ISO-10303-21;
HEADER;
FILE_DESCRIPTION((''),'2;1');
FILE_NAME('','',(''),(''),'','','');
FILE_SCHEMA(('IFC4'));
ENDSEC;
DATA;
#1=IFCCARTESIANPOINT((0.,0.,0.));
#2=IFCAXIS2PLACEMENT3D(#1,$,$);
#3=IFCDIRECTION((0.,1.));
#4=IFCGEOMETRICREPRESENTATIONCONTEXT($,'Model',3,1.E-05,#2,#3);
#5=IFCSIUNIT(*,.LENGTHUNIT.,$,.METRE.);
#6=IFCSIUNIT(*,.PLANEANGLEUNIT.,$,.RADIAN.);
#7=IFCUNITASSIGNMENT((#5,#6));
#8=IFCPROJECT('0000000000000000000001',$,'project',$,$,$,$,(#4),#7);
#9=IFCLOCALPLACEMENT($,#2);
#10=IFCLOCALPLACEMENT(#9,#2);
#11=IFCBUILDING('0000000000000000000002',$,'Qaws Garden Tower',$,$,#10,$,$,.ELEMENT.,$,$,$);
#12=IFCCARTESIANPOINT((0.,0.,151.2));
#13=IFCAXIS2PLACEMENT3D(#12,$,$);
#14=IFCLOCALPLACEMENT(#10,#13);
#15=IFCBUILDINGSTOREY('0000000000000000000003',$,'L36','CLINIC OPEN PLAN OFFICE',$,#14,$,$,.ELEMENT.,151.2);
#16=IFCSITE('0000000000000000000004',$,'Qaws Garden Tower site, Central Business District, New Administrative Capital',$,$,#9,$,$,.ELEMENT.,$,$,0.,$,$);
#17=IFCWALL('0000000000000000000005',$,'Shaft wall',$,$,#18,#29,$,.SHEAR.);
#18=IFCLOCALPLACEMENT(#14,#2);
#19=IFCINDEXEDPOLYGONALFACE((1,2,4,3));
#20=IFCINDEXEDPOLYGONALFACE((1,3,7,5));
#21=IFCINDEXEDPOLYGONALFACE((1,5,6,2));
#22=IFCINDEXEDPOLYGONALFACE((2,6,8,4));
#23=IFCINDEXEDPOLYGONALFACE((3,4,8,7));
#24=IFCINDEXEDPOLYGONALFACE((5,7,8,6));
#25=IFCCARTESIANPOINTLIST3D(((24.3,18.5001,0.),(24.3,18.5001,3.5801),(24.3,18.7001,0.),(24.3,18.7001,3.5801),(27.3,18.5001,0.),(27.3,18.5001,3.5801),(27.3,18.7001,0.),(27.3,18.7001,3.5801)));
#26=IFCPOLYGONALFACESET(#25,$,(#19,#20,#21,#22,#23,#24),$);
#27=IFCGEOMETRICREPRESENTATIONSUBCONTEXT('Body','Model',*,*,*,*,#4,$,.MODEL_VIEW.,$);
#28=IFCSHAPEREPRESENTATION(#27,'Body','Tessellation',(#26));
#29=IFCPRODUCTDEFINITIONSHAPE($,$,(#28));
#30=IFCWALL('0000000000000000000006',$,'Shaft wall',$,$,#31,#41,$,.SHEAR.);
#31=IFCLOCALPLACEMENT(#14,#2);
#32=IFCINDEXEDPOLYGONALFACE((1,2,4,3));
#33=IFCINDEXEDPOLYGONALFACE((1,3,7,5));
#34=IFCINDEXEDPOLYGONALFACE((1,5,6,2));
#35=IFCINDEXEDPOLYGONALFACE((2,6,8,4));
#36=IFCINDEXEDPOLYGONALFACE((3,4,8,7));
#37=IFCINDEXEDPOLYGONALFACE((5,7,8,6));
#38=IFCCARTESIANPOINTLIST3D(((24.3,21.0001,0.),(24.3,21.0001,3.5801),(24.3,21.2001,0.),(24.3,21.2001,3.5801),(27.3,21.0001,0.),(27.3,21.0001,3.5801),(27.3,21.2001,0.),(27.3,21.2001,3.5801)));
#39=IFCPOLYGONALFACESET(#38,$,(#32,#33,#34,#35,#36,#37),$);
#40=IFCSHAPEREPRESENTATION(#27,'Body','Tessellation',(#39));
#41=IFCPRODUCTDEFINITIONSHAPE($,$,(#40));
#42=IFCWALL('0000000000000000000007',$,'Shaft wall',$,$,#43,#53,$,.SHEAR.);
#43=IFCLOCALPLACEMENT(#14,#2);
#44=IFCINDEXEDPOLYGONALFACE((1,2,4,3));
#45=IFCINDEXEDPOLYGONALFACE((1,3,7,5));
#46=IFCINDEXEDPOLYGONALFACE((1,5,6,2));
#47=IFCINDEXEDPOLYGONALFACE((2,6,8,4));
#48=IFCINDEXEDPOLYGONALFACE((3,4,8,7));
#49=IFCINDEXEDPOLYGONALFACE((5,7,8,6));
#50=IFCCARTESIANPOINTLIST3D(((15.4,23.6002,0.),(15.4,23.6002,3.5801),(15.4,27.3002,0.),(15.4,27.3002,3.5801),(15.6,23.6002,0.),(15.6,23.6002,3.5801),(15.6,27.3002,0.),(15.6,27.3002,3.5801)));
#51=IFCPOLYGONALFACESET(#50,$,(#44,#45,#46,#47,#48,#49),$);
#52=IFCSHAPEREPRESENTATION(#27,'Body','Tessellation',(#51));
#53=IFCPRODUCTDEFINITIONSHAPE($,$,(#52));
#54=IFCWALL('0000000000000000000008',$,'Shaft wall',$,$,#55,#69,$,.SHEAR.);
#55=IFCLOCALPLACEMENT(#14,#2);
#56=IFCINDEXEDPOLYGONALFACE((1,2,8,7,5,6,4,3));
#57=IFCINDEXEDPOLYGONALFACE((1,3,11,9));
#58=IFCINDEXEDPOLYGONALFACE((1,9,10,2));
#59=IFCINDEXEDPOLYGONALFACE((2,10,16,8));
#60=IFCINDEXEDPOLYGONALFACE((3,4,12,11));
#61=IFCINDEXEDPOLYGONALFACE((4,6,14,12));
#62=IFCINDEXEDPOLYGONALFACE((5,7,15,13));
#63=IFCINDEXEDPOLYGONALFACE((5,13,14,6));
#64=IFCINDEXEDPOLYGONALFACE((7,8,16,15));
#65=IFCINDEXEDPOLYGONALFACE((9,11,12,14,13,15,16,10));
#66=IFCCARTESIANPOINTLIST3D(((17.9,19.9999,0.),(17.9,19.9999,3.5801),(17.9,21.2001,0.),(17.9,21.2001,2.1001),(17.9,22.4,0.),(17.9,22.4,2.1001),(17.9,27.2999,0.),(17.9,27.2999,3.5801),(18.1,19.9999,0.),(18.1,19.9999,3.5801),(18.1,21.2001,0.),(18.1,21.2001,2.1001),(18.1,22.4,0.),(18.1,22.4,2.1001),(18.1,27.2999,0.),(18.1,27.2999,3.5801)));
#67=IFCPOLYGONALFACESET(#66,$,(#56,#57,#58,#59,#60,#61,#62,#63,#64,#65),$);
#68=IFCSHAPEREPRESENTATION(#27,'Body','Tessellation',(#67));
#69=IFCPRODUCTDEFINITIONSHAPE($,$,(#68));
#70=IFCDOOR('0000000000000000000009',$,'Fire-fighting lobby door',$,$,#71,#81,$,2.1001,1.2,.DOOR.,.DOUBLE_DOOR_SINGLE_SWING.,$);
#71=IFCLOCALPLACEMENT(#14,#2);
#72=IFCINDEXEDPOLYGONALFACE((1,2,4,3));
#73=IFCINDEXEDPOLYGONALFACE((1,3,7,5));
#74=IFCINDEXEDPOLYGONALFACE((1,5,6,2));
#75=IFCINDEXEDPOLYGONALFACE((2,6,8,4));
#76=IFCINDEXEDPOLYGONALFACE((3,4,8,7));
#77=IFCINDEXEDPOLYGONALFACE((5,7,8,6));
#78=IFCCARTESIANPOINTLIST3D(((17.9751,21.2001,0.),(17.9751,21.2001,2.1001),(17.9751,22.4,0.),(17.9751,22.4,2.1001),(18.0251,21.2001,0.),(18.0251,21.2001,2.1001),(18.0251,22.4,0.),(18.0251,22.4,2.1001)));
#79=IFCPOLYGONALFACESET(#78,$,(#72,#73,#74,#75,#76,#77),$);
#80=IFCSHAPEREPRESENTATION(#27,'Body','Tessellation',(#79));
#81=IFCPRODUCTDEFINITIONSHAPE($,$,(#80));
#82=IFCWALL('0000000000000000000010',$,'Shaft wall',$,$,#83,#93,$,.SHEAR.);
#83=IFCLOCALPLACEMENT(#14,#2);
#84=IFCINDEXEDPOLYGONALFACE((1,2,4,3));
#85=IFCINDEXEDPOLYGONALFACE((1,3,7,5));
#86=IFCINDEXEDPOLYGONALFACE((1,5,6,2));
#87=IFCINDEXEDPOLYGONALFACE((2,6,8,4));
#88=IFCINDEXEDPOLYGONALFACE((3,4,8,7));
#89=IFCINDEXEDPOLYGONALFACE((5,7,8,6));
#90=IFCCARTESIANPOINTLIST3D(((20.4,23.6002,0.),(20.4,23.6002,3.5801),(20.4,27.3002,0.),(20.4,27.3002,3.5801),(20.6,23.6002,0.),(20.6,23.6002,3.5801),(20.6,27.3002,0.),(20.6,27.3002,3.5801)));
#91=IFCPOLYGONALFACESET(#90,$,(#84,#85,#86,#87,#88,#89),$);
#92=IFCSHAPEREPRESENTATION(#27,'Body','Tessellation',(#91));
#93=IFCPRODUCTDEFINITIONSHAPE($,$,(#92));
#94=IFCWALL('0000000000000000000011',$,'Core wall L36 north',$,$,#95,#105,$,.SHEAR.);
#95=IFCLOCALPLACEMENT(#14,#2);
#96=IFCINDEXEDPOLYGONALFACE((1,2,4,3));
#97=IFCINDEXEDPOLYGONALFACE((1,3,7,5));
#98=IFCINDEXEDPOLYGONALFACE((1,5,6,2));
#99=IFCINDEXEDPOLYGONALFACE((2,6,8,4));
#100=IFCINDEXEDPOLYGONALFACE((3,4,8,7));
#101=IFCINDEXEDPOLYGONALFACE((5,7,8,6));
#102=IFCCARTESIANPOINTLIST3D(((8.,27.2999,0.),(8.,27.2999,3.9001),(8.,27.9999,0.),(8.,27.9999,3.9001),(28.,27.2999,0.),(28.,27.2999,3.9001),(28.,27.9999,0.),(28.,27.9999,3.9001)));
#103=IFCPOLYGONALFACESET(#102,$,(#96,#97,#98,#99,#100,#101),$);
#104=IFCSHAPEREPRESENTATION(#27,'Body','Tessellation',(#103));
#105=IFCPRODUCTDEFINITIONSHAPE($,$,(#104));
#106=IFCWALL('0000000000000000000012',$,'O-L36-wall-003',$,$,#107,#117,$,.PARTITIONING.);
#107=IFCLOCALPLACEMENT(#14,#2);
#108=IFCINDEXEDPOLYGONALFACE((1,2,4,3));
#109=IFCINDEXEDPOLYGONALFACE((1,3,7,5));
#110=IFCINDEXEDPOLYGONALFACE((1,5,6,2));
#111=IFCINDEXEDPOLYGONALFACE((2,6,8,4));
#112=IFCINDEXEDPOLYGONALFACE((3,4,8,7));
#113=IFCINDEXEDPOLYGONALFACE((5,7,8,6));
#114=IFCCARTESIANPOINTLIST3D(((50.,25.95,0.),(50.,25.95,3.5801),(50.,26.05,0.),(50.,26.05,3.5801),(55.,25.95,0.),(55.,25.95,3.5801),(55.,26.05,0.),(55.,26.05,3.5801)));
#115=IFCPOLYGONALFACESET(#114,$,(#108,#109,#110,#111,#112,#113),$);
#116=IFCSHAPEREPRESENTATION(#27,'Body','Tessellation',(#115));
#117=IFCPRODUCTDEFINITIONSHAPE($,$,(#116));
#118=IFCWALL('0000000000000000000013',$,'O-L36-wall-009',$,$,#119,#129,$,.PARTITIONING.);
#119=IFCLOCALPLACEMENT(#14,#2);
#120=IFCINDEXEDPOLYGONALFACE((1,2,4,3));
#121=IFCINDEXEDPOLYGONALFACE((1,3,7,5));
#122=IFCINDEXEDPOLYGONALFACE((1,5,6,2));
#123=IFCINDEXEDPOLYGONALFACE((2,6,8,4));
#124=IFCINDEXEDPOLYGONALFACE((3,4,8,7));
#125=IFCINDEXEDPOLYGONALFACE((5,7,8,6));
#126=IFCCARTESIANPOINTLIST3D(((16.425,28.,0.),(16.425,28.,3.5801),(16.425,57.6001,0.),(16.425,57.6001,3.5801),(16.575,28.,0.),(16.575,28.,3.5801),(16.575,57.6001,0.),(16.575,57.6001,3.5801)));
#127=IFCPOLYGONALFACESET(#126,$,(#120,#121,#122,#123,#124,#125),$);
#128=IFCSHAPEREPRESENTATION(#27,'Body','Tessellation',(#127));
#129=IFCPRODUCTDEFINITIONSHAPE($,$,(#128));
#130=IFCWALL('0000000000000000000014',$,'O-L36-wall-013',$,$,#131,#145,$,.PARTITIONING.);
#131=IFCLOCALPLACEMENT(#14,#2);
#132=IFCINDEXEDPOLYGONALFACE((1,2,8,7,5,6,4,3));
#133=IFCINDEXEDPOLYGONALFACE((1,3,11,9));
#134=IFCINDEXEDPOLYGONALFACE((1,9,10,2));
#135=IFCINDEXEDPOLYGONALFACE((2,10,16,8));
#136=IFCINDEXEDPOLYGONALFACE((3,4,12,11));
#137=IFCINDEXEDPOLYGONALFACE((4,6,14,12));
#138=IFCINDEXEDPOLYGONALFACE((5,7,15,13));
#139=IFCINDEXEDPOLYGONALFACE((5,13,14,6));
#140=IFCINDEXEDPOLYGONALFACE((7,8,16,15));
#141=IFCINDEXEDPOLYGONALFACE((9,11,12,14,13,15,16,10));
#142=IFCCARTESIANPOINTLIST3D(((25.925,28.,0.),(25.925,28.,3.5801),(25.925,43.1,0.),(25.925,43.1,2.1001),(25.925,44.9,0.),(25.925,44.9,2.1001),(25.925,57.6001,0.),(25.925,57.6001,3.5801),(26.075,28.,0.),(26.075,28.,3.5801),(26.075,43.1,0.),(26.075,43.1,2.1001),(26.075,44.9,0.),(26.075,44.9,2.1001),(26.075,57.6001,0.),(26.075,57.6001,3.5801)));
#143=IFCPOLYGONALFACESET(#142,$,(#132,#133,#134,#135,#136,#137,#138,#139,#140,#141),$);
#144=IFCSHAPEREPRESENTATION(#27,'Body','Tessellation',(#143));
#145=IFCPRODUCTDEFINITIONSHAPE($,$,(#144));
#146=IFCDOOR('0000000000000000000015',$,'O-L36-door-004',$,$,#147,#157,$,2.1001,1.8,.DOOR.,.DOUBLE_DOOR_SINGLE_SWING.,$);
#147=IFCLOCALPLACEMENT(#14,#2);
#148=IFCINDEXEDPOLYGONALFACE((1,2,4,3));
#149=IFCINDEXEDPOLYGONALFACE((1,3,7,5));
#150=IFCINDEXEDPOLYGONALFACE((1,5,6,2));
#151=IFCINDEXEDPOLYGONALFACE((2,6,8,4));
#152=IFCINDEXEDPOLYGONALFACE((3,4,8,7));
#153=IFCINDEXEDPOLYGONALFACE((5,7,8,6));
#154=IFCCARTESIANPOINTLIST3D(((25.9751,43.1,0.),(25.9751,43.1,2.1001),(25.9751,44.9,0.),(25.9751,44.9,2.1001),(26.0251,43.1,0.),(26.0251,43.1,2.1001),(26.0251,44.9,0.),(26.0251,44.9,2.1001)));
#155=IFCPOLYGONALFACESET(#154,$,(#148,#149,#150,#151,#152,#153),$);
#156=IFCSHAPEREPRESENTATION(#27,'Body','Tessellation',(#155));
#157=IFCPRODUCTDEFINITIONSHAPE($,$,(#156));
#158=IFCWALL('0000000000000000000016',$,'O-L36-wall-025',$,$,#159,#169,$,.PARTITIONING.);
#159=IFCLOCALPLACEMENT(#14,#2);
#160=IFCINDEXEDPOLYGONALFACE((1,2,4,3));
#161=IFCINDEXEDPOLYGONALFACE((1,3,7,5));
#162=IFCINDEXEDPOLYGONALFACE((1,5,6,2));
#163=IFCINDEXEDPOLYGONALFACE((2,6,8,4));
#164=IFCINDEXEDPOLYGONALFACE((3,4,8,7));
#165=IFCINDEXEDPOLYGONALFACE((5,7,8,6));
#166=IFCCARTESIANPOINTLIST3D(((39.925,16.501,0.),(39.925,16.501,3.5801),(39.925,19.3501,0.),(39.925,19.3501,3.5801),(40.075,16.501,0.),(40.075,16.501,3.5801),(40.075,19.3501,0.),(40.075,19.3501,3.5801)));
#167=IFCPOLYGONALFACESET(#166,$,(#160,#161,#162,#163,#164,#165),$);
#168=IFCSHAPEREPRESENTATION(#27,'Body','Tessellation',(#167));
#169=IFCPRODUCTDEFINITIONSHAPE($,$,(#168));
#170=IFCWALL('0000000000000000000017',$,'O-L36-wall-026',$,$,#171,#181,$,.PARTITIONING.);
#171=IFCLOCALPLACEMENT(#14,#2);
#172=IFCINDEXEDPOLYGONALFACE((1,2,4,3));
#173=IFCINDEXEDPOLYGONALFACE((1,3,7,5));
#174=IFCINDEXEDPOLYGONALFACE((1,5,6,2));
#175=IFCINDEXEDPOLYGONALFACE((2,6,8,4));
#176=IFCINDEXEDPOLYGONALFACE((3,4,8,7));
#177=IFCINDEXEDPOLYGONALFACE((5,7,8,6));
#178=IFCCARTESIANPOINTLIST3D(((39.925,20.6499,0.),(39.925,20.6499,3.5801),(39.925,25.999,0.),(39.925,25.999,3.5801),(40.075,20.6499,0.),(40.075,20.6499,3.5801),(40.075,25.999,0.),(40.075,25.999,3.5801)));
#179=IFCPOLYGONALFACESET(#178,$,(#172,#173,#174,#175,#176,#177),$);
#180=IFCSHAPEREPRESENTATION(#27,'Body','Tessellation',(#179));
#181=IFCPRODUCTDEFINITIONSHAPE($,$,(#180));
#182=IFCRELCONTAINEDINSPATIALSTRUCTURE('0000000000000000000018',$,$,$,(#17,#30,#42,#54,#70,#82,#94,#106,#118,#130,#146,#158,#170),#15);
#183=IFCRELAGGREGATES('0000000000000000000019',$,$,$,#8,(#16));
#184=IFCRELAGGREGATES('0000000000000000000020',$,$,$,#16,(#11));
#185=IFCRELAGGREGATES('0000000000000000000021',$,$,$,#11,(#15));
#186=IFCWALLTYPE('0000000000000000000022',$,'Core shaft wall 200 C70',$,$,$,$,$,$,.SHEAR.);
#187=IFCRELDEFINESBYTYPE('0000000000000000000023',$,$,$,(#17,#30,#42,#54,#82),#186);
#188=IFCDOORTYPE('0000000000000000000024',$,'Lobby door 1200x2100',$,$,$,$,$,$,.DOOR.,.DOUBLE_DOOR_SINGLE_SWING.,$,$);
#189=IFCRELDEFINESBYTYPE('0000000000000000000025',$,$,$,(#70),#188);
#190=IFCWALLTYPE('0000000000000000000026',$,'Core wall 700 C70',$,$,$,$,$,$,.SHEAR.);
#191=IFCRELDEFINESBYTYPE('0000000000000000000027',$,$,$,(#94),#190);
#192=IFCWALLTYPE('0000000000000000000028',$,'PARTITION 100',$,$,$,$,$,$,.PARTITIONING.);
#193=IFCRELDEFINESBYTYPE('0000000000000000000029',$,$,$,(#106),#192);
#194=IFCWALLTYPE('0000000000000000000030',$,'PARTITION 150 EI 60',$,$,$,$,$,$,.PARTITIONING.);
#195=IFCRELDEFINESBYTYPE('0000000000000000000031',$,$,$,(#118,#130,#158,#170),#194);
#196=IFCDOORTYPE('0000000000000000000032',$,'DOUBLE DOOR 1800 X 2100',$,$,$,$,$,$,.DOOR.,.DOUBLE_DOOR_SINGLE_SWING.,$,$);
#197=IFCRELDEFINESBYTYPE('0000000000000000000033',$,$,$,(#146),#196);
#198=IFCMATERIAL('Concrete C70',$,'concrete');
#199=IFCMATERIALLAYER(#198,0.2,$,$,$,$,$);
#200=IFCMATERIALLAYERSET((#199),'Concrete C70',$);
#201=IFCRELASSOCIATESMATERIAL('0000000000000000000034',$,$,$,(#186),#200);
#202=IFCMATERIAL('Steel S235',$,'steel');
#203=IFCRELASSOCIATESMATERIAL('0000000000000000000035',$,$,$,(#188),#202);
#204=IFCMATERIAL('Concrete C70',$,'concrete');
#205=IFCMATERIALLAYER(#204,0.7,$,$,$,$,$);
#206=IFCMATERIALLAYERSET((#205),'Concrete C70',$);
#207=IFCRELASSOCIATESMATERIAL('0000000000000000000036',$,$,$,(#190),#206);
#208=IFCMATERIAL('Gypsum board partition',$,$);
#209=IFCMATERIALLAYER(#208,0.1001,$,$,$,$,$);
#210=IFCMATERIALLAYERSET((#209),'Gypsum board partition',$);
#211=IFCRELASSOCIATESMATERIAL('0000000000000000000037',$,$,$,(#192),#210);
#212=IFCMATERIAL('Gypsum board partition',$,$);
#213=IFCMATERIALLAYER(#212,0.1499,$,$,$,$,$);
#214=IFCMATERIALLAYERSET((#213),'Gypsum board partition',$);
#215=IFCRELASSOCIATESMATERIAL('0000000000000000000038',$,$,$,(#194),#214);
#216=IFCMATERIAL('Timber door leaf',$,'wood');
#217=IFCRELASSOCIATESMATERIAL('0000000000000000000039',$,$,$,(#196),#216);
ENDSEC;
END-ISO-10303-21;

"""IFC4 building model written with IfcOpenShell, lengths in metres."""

from ifc_helpers import new_model, si_unit, direction, frame, frame_2d, origin, place, context, subcontext, project, spatial, rectangle, extrude, material, layer, layer_set, type_object, element, fill, save


model = new_model("IFC4")

# Units and contexts
model_context = context("Model", 3, precision=1e-05, world=origin(), true_north=direction((0.0, 1.0)))
body_context = subcontext(model_context, "Body", "Model", "MODEL_VIEW")
ifc_project = project(units=[si_unit("LENGTHUNIT", "METRE"), si_unit("PLANEANGLEUNIT", "RADIAN")], contexts=[model_context])

# Site, building, storey
site_placement = place(None, origin())
site = spatial("IfcSite", under=ifc_project, at=site_placement, Name="Qaws Garden Tower site, Central Business District, New Administrative Capital", CompositionType="ELEMENT", RefElevation=0.0)
building_placement = place(site_placement, origin())
building = spatial("IfcBuilding", under=site, at=building_placement, Name="Qaws Garden Tower", CompositionType="ELEMENT")
storey_placement = place(building_placement, frame((0.0, 0.0, 151.2)))
storey = spatial("IfcBuildingStorey", under=building, at=storey_placement, Name="L36", Description="CLINIC OPEN PLAN OFFICE", CompositionType="ELEMENT", Elevation=151.2)

# Walls
ifc_material_1 = material(Name="Concrete C70", Category="concrete")
ifc_layer_1 = layer(ifc_material_1, 0.2)
ifc_layer_set_1 = layer_set([ifc_layer_1], Name="Concrete C70")
wall_type_1 = type_object("IfcWallType", Name="Core shaft wall 200 C70", PredefinedType="SHEAR", material=ifc_layer_set_1)
for number, where, z_axis, x_axis, name in (
    (1, (24.3, 18.6001, 0.0), (0.0, 0.0, 1.0), (1.0, 0.0, 0.0), "Shaft wall"),
    (2, (24.3, 21.1001, 0.0), (0.0, 0.0, 1.0), (1.0, 0.0, 0.0), "Shaft wall"),
):
    element("IfcWall", number, at=place(storey_placement, frame(where, z_axis=z_axis, x_axis=x_axis)), inside=storey, type_object=wall_type_1, Name=name, PredefinedType="SHEAR", context=body_context, shape_type="SweptSolid", body=[
        extrude(rectangle(XDim=3.0, YDim=0.2, at=frame_2d((1.5, 0.0))), origin(), (0.0, 0.0, 1.0), 3.5801),
    ])
wall_1_placement = place(storey_placement, frame((15.5, 23.6001, 0.0), z_axis=(0.0, 0.0, 1.0), x_axis=(0.0, 1.0, 0.0)))
element("IfcWall", 3, at=wall_1_placement, inside=storey, type_object=wall_type_1, Name="Shaft wall", PredefinedType="SHEAR", context=body_context, shape_type="SweptSolid", body=[
    extrude(rectangle(XDim=3.7, YDim=0.2, at=frame_2d((1.8501, 0.0))), origin(), (0.0, 0.0, 1.0), 3.5801),
])

# Wall, opening, door
wall_2_placement = place(storey_placement, frame((18.0, 20.0, 0.0), z_axis=(0.0, 0.0, 1.0), x_axis=(0.0, 1.0, 0.0)))
wall_2 = element("IfcWall", 4, at=wall_2_placement, inside=storey, type_object=wall_type_1, Name="Shaft wall", PredefinedType="SHEAR", context=body_context, shape_type="SweptSolid", body=[
    extrude(rectangle(XDim=7.3, YDim=0.2, at=frame_2d((3.6499, 0.0))), origin(), (0.0, 0.0, 1.0), 3.5801),
])
opening_1_placement = place(wall_2_placement, frame((1.2, 0.0, 0.0)))
opening_1 = element("IfcOpeningElement", 5, at=opening_1_placement, cuts=wall_2, PredefinedType="OPENING", context=body_context, shape_type="SweptSolid", body=[
    extrude(rectangle(XDim=1.2, YDim=2.1001, at=frame_2d((0.6001, 1.05))), frame((0.0, 0.1099, 0.0), z_axis=(0.0, -1.0, 0.0), x_axis=(1.0, 0.0, 0.0)), (0.0, 0.0, 1.0), 0.22),
])
ifc_material_2 = material(Name="Steel S235", Category="steel")
door_type_1 = type_object("IfcDoorType", Name="Lobby door 1200x2100", OperationType="DOUBLE_DOOR_SINGLE_SWING", PredefinedType="DOOR", material=ifc_material_2)
door_1_placement = place(opening_1_placement, origin())
door_1 = element("IfcDoor", 6, at=door_1_placement, inside=storey, type_object=door_type_1, Name="Fire-fighting lobby door", OperationType="DOUBLE_DOOR_SINGLE_SWING", OverallHeight=2.1001, OverallWidth=1.2, PredefinedType="DOOR", context=body_context, shape_type="SweptSolid", body=[
    extrude(rectangle(XDim=1.2, YDim=2.1001, at=frame_2d((0.6001, 1.05))), frame((0.0, 0.0249, 0.0), z_axis=(0.0, -1.0, 0.0), x_axis=(1.0, 0.0, 0.0)), (0.0, 0.0, 1.0), 0.05),
])
fill(opening_1, door_1)

# Walls
wall_3_placement = place(storey_placement, frame((20.5, 23.6001, 0.0), z_axis=(0.0, 0.0, 1.0), x_axis=(0.0, 1.0, 0.0)))
element("IfcWall", 7, at=wall_3_placement, inside=storey, type_object=wall_type_1, Name="Shaft wall", PredefinedType="SHEAR", context=body_context, shape_type="SweptSolid", body=[
    extrude(rectangle(XDim=3.7, YDim=0.2, at=frame_2d((1.8501, 0.0))), origin(), (0.0, 0.0, 1.0), 3.5801),
])
ifc_material_3 = material(Name="Concrete C70", Category="concrete")
ifc_layer_2 = layer(ifc_material_3, 0.7)
ifc_layer_set_2 = layer_set([ifc_layer_2], Name="Concrete C70")
wall_type_2 = type_object("IfcWallType", Name="Core wall 700 C70", PredefinedType="SHEAR", material=ifc_layer_set_2)
wall_4_placement = place(storey_placement, frame((28.0, 27.6499, 0.0), z_axis=(0.0, 0.0, 1.0), x_axis=(-1.0, 0.0, 0.0)))
element("IfcWall", 8, at=wall_4_placement, inside=storey, type_object=wall_type_2, Name="Core wall L36 north", PredefinedType="SHEAR", context=body_context, shape_type="SweptSolid", body=[
    extrude(rectangle(XDim=20.0, YDim=0.7, at=frame_2d((10.0, 0.0))), origin(), (0.0, 0.0, 1.0), 3.9001),
])
ifc_material_4 = material(Name="Gypsum board partition")
ifc_layer_3 = layer(ifc_material_4, 0.1001)
ifc_layer_set_3 = layer_set([ifc_layer_3], Name="Gypsum board partition")
wall_type_3 = type_object("IfcWallType", Name="PARTITION 100", PredefinedType="PARTITIONING", material=ifc_layer_set_3)
wall_5_placement = place(storey_placement, frame((50.0, 26.0, 0.0), z_axis=(0.0, 0.0, 1.0), x_axis=(1.0, 0.0, 0.0)))
element("IfcWall", 9, at=wall_5_placement, inside=storey, type_object=wall_type_3, Name="O-L36-wall-003", PredefinedType="PARTITIONING", context=body_context, shape_type="SweptSolid", body=[
    extrude(rectangle(XDim=5.0, YDim=0.1001, at=frame_2d((2.5, 0.0))), origin(), (0.0, 0.0, 1.0), 3.5801),
])
ifc_material_5 = material(Name="Gypsum board partition")
ifc_layer_4 = layer(ifc_material_5, 0.1499)
ifc_layer_set_4 = layer_set([ifc_layer_4], Name="Gypsum board partition")
wall_type_4 = type_object("IfcWallType", Name="PARTITION 150 EI 60", PredefinedType="PARTITIONING", material=ifc_layer_set_4)
wall_6_placement = place(storey_placement, frame((16.5, 28.0, 0.0), z_axis=(0.0, 0.0, 1.0), x_axis=(0.0, 1.0, 0.0)))
element("IfcWall", 10, at=wall_6_placement, inside=storey, type_object=wall_type_4, Name="O-L36-wall-009", PredefinedType="PARTITIONING", context=body_context, shape_type="SweptSolid", body=[
    extrude(rectangle(XDim=29.6001, YDim=0.1499, at=frame_2d((14.8, 0.0))), origin(), (0.0, 0.0, 1.0), 3.5801),
])

# Wall, opening, door
wall_7_placement = place(storey_placement, frame((26.0, 28.0, 0.0), z_axis=(0.0, 0.0, 1.0), x_axis=(0.0, 1.0, 0.0)))
wall_7 = element("IfcWall", 11, at=wall_7_placement, inside=storey, type_object=wall_type_4, Name="O-L36-wall-013", PredefinedType="PARTITIONING", context=body_context, shape_type="SweptSolid", body=[
    extrude(rectangle(XDim=29.6001, YDim=0.1499, at=frame_2d((14.8, 0.0))), origin(), (0.0, 0.0, 1.0), 3.5801),
])
opening_2_placement = place(wall_7_placement, frame((15.1001, 0.0, 0.0)))
opening_2 = element("IfcOpeningElement", 12, at=opening_2_placement, cuts=wall_7, PredefinedType="OPENING", context=body_context, shape_type="SweptSolid", body=[
    extrude(rectangle(XDim=1.8, YDim=2.1001, at=frame_2d((0.8999, 1.05))), frame((0.0, 0.085, 0.0), z_axis=(0.0, -1.0, 0.0), x_axis=(1.0, 0.0, 0.0)), (0.0, 0.0, 1.0), 0.1699),
])
ifc_material_6 = material(Name="Timber door leaf", Category="wood")
door_type_2 = type_object("IfcDoorType", Name="DOUBLE DOOR 1800 X 2100", OperationType="DOUBLE_DOOR_SINGLE_SWING", PredefinedType="DOOR", material=ifc_material_6)
door_2_placement = place(opening_2_placement, origin())
door_2 = element("IfcDoor", 13, at=door_2_placement, inside=storey, type_object=door_type_2, Name="O-L36-door-004", OperationType="DOUBLE_DOOR_SINGLE_SWING", OverallHeight=2.1001, OverallWidth=1.8, PredefinedType="DOOR", context=body_context, shape_type="SweptSolid", body=[
    extrude(rectangle(XDim=1.8, YDim=2.1001, at=frame_2d((0.8999, 1.05))), frame((0.0, 0.0249, 0.0), z_axis=(0.0, -1.0, 0.0), x_axis=(1.0, 0.0, 0.0)), (0.0, 0.0, 1.0), 0.05),
])
fill(opening_2, door_2)

# Walls
wall_8_placement = place(storey_placement, frame((40.0, 16.501, 0.0), z_axis=(0.0, 0.0, 1.0), x_axis=(0.0, 1.0, 0.0)))
element("IfcWall", 14, at=wall_8_placement, inside=storey, type_object=wall_type_4, Name="O-L36-wall-025", PredefinedType="PARTITIONING", context=body_context, shape_type="SweptSolid", body=[
    extrude(rectangle(XDim=2.8491, YDim=0.1499, at=frame_2d((1.4246, 0.0))), origin(), (0.0, 0.0, 1.0), 3.5801),
])
wall_9_placement = place(storey_placement, frame((40.0, 20.6499, 0.0), z_axis=(0.0, 0.0, 1.0), x_axis=(0.0, 1.0, 0.0)))
element("IfcWall", 15, at=wall_9_placement, inside=storey, type_object=wall_type_4, Name="O-L36-wall-026", PredefinedType="PARTITIONING", context=body_context, shape_type="SweptSolid", body=[
    extrude(rectangle(XDim=5.3491, YDim=0.1499, at=frame_2d((2.6746, 0.0))), origin(), (0.0, 0.0, 1.0), 3.5801),
])

save(model, "model.ifc")
